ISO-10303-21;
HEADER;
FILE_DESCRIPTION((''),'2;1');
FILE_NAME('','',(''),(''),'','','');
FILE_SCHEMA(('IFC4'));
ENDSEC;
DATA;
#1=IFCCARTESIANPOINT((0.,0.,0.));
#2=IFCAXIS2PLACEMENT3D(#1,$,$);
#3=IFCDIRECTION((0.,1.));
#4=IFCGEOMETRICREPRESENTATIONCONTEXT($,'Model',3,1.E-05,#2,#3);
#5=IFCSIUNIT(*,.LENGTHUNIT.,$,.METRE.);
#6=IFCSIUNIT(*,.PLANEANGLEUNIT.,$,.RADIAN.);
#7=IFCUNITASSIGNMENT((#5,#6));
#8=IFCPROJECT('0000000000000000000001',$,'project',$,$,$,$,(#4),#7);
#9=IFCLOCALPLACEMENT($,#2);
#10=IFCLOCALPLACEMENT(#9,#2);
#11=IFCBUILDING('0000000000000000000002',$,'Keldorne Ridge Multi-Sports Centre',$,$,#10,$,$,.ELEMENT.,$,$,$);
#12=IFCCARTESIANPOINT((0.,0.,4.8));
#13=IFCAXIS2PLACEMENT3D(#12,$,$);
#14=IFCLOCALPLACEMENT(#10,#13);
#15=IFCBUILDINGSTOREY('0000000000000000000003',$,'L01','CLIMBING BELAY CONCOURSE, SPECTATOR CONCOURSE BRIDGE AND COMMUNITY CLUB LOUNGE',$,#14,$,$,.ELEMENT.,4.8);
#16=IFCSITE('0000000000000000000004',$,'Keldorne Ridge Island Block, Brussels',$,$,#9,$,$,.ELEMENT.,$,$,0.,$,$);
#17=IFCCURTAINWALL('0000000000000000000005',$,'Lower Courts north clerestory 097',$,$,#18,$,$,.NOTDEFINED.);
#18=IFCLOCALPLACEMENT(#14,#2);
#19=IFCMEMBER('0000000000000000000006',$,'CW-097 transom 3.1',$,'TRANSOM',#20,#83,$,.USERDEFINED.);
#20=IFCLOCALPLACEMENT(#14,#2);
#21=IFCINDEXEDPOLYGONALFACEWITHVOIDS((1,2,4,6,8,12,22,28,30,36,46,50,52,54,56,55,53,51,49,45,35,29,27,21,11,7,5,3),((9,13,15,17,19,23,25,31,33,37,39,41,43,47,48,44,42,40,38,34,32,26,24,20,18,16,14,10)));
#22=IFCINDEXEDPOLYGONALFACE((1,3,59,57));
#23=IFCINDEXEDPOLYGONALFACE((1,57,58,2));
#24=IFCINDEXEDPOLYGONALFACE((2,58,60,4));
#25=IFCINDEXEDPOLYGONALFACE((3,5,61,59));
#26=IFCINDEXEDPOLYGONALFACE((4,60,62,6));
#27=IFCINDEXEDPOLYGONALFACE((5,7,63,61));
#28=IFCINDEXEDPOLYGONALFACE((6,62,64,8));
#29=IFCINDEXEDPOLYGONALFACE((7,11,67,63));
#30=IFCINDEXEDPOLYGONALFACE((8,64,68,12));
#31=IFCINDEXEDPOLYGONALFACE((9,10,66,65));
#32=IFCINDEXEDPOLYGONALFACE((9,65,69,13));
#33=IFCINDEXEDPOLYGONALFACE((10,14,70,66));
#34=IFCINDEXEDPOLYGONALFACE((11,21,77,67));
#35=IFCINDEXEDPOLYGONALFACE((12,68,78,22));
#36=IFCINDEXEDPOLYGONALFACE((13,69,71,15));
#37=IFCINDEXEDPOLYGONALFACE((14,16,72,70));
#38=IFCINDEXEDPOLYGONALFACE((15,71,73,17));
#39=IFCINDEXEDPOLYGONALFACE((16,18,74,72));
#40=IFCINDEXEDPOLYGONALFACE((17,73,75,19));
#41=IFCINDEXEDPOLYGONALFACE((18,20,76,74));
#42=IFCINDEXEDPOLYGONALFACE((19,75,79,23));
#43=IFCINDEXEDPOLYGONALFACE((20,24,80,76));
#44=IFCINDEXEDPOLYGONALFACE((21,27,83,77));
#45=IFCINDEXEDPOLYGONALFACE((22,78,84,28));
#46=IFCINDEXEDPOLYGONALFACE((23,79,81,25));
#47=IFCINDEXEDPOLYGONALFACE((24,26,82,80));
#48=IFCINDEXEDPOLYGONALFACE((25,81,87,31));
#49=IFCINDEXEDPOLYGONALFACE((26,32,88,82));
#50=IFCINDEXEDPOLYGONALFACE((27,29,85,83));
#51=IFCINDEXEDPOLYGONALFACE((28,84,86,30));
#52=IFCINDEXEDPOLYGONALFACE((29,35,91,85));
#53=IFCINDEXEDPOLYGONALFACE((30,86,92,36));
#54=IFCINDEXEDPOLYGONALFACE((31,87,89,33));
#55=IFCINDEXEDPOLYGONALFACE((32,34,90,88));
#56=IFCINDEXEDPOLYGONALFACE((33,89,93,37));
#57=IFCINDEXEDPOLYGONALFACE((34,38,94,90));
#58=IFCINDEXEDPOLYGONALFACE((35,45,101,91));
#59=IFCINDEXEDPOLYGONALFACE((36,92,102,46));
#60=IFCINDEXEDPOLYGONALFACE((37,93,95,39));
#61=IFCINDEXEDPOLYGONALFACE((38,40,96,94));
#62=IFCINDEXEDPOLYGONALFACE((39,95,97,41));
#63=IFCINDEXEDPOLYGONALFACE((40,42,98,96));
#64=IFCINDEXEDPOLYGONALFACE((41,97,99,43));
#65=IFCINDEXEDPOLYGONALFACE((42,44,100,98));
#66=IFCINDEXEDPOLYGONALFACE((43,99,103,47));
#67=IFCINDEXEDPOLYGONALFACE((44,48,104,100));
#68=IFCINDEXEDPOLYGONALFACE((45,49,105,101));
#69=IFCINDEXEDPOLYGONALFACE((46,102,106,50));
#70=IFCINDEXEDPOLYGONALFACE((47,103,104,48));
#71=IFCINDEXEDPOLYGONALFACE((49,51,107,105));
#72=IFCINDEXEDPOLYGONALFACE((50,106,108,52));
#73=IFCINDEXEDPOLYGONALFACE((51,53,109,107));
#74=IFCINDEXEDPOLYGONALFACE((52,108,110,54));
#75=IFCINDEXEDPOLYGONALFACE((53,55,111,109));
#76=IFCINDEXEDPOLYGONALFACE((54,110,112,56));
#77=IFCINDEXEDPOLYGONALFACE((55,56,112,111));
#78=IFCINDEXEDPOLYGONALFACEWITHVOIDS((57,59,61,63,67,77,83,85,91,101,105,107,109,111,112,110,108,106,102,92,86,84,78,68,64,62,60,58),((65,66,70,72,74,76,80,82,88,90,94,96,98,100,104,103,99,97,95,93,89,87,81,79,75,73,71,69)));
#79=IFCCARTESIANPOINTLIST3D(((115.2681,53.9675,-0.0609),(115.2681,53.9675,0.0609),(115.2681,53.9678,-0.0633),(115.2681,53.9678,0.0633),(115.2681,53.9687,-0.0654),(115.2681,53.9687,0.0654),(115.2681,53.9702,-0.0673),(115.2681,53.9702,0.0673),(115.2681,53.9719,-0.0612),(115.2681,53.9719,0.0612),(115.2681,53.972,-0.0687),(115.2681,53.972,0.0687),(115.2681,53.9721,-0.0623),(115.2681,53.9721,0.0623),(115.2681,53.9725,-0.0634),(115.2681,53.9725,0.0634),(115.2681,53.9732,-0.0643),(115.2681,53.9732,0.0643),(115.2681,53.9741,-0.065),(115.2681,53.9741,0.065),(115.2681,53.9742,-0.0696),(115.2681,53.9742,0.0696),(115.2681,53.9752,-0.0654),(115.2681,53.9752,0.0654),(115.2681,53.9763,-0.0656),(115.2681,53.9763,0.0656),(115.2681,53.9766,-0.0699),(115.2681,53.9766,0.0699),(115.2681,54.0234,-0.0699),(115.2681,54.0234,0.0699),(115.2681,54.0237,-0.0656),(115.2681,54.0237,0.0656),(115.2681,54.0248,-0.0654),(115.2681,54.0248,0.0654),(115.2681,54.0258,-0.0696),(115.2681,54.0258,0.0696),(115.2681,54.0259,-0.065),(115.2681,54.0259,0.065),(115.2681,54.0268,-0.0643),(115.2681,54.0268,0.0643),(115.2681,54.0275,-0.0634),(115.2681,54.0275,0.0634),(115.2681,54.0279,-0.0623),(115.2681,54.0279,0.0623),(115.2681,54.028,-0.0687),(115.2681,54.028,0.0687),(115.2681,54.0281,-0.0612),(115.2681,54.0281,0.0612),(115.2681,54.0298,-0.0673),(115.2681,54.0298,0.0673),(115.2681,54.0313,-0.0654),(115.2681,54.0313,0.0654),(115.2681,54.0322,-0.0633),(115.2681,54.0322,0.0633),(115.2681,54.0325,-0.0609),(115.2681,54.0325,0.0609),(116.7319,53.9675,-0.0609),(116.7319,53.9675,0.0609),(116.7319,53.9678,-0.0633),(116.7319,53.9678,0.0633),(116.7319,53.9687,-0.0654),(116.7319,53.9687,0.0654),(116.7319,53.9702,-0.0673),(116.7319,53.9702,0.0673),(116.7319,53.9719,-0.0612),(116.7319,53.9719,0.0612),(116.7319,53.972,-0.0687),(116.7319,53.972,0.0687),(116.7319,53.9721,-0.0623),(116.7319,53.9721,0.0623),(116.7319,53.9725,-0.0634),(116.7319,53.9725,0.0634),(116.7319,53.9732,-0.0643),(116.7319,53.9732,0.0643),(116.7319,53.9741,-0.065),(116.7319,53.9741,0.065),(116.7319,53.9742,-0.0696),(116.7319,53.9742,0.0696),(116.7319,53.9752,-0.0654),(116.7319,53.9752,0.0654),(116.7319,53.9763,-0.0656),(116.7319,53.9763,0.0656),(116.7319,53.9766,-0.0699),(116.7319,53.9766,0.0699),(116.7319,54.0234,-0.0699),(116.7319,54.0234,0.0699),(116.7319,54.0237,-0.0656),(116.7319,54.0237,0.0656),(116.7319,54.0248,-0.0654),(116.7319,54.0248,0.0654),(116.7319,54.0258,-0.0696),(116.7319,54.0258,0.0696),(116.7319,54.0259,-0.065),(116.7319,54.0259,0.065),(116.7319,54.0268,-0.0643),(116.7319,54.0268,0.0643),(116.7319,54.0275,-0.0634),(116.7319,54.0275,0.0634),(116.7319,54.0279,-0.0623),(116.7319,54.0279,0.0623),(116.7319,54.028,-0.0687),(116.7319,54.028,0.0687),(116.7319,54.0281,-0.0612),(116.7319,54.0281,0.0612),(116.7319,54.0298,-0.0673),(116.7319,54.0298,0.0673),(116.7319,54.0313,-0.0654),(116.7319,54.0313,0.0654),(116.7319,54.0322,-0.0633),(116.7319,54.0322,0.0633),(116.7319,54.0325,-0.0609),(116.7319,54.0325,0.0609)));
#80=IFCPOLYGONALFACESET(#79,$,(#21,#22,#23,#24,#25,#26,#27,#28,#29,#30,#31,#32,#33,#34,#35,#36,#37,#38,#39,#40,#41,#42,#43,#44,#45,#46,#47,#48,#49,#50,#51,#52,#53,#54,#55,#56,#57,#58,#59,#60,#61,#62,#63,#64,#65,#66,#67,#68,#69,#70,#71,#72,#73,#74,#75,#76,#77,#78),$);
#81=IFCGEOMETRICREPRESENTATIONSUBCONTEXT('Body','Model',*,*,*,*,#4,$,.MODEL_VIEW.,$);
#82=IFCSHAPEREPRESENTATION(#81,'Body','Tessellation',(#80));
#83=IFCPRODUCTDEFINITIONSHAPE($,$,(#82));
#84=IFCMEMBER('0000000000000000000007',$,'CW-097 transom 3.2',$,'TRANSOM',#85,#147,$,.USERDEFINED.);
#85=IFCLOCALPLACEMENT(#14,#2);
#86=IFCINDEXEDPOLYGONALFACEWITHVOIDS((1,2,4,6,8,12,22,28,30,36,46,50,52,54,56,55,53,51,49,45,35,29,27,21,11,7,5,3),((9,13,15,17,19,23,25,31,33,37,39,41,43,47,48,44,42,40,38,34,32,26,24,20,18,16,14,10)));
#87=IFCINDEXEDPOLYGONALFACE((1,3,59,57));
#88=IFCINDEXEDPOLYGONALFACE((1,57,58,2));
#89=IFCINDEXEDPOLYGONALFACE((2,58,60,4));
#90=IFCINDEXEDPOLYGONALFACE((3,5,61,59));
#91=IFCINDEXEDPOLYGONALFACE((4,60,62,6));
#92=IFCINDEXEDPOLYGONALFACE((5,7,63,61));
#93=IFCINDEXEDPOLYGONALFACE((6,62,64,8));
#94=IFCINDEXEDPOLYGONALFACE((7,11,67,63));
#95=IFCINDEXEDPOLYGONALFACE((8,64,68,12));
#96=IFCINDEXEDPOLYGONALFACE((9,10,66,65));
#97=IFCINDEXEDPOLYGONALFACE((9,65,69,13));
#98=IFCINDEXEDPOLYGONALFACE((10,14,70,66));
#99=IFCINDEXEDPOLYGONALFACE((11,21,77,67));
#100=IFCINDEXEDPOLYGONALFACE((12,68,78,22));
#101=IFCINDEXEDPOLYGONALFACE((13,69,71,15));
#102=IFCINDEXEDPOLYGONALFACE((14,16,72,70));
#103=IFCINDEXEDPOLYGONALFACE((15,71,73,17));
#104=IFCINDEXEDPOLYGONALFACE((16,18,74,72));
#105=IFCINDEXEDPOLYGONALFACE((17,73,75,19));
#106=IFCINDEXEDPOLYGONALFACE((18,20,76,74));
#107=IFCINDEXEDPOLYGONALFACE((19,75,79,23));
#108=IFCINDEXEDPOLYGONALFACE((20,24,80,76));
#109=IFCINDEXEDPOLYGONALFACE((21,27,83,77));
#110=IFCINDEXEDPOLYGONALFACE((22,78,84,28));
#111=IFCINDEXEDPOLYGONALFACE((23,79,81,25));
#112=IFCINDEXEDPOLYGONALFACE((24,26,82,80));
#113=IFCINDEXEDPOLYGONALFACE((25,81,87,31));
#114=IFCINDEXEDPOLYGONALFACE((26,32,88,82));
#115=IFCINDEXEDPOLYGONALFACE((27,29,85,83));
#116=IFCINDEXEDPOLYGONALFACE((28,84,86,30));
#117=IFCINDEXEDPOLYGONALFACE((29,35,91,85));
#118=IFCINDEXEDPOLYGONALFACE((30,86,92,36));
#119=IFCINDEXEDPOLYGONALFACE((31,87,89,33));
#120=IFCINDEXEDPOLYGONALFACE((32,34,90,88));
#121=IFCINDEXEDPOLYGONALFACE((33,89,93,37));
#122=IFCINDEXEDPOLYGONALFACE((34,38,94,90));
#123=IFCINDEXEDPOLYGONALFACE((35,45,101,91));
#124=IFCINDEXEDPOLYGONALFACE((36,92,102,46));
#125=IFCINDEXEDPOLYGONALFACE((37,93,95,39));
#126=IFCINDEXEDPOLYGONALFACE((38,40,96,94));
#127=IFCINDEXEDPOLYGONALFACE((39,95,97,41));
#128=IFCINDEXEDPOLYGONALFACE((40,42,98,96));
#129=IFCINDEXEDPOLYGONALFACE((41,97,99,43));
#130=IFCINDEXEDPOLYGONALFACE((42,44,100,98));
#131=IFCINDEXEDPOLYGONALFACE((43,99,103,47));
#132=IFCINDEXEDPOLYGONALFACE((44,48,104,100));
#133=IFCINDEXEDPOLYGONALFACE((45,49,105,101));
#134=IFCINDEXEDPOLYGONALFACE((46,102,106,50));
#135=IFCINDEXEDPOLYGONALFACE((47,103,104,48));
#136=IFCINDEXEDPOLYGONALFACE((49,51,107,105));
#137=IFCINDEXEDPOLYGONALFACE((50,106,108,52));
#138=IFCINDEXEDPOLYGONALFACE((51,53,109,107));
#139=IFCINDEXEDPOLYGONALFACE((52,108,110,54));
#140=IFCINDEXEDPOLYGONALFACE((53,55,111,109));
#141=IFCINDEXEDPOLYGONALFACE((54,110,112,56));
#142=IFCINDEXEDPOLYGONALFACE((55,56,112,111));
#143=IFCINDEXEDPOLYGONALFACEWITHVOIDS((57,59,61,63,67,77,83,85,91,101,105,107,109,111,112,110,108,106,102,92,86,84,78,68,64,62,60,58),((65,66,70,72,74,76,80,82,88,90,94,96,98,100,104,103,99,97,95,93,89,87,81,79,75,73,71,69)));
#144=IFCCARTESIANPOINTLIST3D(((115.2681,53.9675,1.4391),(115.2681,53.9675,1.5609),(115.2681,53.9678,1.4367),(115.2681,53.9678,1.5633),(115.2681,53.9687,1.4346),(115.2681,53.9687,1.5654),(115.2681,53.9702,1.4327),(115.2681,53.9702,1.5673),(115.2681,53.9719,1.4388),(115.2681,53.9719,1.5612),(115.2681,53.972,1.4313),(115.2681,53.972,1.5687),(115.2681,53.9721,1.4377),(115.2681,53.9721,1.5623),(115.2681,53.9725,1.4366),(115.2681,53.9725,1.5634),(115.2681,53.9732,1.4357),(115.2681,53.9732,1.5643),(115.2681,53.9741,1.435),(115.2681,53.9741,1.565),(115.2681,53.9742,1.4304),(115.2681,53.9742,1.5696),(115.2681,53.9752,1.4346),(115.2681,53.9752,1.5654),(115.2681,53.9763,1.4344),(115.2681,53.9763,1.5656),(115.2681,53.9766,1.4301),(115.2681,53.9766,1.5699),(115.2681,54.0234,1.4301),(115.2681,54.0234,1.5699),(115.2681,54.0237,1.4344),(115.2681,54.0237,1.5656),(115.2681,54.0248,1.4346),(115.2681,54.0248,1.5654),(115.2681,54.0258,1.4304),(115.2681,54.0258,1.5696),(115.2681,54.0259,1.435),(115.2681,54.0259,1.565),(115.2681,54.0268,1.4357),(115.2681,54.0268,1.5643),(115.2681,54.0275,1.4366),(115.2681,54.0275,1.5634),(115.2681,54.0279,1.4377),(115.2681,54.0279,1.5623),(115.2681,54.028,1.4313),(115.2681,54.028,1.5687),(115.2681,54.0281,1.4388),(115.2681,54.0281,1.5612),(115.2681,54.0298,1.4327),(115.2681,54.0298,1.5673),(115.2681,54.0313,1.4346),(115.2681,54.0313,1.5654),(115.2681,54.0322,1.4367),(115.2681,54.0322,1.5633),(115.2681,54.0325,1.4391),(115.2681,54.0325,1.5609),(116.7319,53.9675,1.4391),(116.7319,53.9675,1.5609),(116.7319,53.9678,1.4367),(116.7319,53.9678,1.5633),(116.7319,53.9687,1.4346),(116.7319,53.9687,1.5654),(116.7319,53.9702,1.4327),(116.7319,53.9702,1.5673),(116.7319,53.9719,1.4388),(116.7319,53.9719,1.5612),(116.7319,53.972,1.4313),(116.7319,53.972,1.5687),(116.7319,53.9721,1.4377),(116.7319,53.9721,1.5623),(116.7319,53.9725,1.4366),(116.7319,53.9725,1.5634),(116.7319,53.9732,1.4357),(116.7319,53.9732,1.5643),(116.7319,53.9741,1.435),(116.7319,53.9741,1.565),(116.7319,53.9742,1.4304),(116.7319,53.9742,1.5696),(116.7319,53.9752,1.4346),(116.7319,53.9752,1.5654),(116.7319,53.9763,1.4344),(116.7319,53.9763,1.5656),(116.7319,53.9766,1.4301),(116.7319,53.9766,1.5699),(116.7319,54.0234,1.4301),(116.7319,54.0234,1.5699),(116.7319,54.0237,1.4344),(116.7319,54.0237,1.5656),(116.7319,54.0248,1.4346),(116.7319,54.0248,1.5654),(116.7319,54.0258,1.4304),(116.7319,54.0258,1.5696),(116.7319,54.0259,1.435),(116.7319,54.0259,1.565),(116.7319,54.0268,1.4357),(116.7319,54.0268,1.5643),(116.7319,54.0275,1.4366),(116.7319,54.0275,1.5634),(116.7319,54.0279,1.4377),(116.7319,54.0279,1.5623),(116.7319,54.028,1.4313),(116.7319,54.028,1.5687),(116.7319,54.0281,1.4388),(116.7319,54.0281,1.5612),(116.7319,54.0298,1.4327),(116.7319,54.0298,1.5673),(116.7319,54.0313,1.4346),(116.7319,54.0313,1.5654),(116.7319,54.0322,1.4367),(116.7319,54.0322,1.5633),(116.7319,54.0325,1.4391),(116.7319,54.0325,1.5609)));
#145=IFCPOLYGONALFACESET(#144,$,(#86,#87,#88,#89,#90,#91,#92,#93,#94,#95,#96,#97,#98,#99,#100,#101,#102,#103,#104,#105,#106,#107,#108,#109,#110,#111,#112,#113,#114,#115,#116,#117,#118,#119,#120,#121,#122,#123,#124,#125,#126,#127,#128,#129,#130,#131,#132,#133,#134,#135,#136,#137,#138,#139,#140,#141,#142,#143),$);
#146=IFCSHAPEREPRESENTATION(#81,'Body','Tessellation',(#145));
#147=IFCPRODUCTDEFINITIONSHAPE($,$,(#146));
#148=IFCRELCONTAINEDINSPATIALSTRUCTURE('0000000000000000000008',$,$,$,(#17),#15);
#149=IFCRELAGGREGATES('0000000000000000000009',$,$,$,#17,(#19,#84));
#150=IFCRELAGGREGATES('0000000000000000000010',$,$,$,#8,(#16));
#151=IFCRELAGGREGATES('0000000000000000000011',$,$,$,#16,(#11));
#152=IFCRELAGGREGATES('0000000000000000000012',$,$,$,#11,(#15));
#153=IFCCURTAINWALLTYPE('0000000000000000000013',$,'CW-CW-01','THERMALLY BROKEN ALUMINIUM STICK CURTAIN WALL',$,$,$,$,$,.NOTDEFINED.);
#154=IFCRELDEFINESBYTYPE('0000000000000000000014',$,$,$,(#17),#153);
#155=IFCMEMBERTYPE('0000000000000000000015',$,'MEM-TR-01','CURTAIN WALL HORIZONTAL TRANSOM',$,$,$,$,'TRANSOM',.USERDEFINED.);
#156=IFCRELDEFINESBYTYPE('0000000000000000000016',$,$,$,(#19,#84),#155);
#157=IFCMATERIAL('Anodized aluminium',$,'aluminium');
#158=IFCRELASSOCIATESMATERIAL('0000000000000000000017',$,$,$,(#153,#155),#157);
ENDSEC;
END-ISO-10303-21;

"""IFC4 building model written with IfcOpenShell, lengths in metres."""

from ifc_helpers import new_model, si_unit, direction, frame, origin, origin_2d, place, context, subcontext, project, spatial, hollow_rectangle, extrude, material, material_profile, profile_set, type_object, element, aggregate, save


model = new_model("IFC4")

# Units and contexts
model_context = context("Model", 3, precision=1e-05, world=origin(), true_north=direction((0.0, 1.0)))
body_context = subcontext(model_context, "Body", "Model", "MODEL_VIEW")
ifc_project = project(units=[si_unit("LENGTHUNIT", "METRE"), si_unit("PLANEANGLEUNIT", "RADIAN")], contexts=[model_context])

# Site, building, storey
site_placement = place(None, origin())
site = spatial("IfcSite", under=ifc_project, at=site_placement, Name="Keldorne Ridge Island Block, Brussels", CompositionType="ELEMENT", RefElevation=0.0)
building_placement = place(site_placement, origin())
building = spatial("IfcBuilding", under=site, at=building_placement, Name="Keldorne Ridge Multi-Sports Centre", CompositionType="ELEMENT")
storey_placement = place(building_placement, frame((0.0, 0.0, 4.8)))
storey = spatial("IfcBuildingStorey", under=building, at=storey_placement, Name="L01", Description="CLIMBING BELAY CONCOURSE, SPECTATOR CONCOURSE BRIDGE AND COMMUNITY CLUB LOUNGE", CompositionType="ELEMENT", Elevation=4.8)

# Curtain wall, members
ifc_material_1 = material(Name="Anodized aluminium", Category="aluminium")
curtain_wall_type = type_object("IfcCurtainWallType", Name="CW-CW-01", Description="THERMALLY BROKEN ALUMINIUM STICK CURTAIN WALL", PredefinedType="NOTDEFINED", material=ifc_material_1)
curtain_wall_placement = place(storey_placement, origin())
curtain_wall = element("IfcCurtainWall", 1, at=curtain_wall_placement, inside=storey, type_object=curtain_wall_type, Name="Lower Courts north clerestory 097", PredefinedType="NOTDEFINED")
ifc_material_profile_1 = material_profile(ifc_material_1, hollow_rectangle(XDim=0.0649, YDim=0.1399, WallThickness=0.0044, InnerFilletRadius=0.0044, OuterFilletRadius=0.009, at=origin_2d()), Name="ALU TRANSOM 140x65x4.5")
ifc_profile_set_1 = profile_set([ifc_material_profile_1], Name="Anodized aluminium")
member_type_1 = type_object("IfcMemberType", Name="MEM-TR-01", Description="CURTAIN WALL HORIZONTAL TRANSOM", ElementType="TRANSOM", PredefinedType="USERDEFINED", material=ifc_profile_set_1)
member_1_placement = place(storey_placement, frame((116.7319, 54.0, 0.0), z_axis=(-1.0, 0.0, 0.0), x_axis=(0.0, -1.0, 0.0)))
member_1 = element("IfcMember", 2, at=member_1_placement, type_object=member_type_1, Name="CW-097 transom 3.1", ObjectType="TRANSOM", PredefinedType="USERDEFINED", context=body_context, shape_type="SweptSolid", body=[
    extrude(hollow_rectangle(XDim=0.0649, YDim=0.1399, WallThickness=0.0044, InnerFilletRadius=0.0044, OuterFilletRadius=0.009, at=origin_2d()), origin(), (0.0, 0.0, 1.0), 1.4639),
])
member_2_placement = place(storey_placement, frame((116.7319, 54.0, 1.5), z_axis=(-1.0, 0.0, 0.0), x_axis=(0.0, -1.0, 0.0)))
member_2 = element("IfcMember", 3, at=member_2_placement, type_object=member_type_1, Name="CW-097 transom 3.2", ObjectType="TRANSOM", PredefinedType="USERDEFINED", context=body_context, shape_type="SweptSolid", body=[
    extrude(hollow_rectangle(XDim=0.0649, YDim=0.1399, WallThickness=0.0044, InnerFilletRadius=0.0044, OuterFilletRadius=0.009, at=origin_2d()), origin(), (0.0, 0.0, 1.0), 1.4639),
])
aggregate(curtain_wall, [member_1, member_2])

save(model, "model.ifc")
